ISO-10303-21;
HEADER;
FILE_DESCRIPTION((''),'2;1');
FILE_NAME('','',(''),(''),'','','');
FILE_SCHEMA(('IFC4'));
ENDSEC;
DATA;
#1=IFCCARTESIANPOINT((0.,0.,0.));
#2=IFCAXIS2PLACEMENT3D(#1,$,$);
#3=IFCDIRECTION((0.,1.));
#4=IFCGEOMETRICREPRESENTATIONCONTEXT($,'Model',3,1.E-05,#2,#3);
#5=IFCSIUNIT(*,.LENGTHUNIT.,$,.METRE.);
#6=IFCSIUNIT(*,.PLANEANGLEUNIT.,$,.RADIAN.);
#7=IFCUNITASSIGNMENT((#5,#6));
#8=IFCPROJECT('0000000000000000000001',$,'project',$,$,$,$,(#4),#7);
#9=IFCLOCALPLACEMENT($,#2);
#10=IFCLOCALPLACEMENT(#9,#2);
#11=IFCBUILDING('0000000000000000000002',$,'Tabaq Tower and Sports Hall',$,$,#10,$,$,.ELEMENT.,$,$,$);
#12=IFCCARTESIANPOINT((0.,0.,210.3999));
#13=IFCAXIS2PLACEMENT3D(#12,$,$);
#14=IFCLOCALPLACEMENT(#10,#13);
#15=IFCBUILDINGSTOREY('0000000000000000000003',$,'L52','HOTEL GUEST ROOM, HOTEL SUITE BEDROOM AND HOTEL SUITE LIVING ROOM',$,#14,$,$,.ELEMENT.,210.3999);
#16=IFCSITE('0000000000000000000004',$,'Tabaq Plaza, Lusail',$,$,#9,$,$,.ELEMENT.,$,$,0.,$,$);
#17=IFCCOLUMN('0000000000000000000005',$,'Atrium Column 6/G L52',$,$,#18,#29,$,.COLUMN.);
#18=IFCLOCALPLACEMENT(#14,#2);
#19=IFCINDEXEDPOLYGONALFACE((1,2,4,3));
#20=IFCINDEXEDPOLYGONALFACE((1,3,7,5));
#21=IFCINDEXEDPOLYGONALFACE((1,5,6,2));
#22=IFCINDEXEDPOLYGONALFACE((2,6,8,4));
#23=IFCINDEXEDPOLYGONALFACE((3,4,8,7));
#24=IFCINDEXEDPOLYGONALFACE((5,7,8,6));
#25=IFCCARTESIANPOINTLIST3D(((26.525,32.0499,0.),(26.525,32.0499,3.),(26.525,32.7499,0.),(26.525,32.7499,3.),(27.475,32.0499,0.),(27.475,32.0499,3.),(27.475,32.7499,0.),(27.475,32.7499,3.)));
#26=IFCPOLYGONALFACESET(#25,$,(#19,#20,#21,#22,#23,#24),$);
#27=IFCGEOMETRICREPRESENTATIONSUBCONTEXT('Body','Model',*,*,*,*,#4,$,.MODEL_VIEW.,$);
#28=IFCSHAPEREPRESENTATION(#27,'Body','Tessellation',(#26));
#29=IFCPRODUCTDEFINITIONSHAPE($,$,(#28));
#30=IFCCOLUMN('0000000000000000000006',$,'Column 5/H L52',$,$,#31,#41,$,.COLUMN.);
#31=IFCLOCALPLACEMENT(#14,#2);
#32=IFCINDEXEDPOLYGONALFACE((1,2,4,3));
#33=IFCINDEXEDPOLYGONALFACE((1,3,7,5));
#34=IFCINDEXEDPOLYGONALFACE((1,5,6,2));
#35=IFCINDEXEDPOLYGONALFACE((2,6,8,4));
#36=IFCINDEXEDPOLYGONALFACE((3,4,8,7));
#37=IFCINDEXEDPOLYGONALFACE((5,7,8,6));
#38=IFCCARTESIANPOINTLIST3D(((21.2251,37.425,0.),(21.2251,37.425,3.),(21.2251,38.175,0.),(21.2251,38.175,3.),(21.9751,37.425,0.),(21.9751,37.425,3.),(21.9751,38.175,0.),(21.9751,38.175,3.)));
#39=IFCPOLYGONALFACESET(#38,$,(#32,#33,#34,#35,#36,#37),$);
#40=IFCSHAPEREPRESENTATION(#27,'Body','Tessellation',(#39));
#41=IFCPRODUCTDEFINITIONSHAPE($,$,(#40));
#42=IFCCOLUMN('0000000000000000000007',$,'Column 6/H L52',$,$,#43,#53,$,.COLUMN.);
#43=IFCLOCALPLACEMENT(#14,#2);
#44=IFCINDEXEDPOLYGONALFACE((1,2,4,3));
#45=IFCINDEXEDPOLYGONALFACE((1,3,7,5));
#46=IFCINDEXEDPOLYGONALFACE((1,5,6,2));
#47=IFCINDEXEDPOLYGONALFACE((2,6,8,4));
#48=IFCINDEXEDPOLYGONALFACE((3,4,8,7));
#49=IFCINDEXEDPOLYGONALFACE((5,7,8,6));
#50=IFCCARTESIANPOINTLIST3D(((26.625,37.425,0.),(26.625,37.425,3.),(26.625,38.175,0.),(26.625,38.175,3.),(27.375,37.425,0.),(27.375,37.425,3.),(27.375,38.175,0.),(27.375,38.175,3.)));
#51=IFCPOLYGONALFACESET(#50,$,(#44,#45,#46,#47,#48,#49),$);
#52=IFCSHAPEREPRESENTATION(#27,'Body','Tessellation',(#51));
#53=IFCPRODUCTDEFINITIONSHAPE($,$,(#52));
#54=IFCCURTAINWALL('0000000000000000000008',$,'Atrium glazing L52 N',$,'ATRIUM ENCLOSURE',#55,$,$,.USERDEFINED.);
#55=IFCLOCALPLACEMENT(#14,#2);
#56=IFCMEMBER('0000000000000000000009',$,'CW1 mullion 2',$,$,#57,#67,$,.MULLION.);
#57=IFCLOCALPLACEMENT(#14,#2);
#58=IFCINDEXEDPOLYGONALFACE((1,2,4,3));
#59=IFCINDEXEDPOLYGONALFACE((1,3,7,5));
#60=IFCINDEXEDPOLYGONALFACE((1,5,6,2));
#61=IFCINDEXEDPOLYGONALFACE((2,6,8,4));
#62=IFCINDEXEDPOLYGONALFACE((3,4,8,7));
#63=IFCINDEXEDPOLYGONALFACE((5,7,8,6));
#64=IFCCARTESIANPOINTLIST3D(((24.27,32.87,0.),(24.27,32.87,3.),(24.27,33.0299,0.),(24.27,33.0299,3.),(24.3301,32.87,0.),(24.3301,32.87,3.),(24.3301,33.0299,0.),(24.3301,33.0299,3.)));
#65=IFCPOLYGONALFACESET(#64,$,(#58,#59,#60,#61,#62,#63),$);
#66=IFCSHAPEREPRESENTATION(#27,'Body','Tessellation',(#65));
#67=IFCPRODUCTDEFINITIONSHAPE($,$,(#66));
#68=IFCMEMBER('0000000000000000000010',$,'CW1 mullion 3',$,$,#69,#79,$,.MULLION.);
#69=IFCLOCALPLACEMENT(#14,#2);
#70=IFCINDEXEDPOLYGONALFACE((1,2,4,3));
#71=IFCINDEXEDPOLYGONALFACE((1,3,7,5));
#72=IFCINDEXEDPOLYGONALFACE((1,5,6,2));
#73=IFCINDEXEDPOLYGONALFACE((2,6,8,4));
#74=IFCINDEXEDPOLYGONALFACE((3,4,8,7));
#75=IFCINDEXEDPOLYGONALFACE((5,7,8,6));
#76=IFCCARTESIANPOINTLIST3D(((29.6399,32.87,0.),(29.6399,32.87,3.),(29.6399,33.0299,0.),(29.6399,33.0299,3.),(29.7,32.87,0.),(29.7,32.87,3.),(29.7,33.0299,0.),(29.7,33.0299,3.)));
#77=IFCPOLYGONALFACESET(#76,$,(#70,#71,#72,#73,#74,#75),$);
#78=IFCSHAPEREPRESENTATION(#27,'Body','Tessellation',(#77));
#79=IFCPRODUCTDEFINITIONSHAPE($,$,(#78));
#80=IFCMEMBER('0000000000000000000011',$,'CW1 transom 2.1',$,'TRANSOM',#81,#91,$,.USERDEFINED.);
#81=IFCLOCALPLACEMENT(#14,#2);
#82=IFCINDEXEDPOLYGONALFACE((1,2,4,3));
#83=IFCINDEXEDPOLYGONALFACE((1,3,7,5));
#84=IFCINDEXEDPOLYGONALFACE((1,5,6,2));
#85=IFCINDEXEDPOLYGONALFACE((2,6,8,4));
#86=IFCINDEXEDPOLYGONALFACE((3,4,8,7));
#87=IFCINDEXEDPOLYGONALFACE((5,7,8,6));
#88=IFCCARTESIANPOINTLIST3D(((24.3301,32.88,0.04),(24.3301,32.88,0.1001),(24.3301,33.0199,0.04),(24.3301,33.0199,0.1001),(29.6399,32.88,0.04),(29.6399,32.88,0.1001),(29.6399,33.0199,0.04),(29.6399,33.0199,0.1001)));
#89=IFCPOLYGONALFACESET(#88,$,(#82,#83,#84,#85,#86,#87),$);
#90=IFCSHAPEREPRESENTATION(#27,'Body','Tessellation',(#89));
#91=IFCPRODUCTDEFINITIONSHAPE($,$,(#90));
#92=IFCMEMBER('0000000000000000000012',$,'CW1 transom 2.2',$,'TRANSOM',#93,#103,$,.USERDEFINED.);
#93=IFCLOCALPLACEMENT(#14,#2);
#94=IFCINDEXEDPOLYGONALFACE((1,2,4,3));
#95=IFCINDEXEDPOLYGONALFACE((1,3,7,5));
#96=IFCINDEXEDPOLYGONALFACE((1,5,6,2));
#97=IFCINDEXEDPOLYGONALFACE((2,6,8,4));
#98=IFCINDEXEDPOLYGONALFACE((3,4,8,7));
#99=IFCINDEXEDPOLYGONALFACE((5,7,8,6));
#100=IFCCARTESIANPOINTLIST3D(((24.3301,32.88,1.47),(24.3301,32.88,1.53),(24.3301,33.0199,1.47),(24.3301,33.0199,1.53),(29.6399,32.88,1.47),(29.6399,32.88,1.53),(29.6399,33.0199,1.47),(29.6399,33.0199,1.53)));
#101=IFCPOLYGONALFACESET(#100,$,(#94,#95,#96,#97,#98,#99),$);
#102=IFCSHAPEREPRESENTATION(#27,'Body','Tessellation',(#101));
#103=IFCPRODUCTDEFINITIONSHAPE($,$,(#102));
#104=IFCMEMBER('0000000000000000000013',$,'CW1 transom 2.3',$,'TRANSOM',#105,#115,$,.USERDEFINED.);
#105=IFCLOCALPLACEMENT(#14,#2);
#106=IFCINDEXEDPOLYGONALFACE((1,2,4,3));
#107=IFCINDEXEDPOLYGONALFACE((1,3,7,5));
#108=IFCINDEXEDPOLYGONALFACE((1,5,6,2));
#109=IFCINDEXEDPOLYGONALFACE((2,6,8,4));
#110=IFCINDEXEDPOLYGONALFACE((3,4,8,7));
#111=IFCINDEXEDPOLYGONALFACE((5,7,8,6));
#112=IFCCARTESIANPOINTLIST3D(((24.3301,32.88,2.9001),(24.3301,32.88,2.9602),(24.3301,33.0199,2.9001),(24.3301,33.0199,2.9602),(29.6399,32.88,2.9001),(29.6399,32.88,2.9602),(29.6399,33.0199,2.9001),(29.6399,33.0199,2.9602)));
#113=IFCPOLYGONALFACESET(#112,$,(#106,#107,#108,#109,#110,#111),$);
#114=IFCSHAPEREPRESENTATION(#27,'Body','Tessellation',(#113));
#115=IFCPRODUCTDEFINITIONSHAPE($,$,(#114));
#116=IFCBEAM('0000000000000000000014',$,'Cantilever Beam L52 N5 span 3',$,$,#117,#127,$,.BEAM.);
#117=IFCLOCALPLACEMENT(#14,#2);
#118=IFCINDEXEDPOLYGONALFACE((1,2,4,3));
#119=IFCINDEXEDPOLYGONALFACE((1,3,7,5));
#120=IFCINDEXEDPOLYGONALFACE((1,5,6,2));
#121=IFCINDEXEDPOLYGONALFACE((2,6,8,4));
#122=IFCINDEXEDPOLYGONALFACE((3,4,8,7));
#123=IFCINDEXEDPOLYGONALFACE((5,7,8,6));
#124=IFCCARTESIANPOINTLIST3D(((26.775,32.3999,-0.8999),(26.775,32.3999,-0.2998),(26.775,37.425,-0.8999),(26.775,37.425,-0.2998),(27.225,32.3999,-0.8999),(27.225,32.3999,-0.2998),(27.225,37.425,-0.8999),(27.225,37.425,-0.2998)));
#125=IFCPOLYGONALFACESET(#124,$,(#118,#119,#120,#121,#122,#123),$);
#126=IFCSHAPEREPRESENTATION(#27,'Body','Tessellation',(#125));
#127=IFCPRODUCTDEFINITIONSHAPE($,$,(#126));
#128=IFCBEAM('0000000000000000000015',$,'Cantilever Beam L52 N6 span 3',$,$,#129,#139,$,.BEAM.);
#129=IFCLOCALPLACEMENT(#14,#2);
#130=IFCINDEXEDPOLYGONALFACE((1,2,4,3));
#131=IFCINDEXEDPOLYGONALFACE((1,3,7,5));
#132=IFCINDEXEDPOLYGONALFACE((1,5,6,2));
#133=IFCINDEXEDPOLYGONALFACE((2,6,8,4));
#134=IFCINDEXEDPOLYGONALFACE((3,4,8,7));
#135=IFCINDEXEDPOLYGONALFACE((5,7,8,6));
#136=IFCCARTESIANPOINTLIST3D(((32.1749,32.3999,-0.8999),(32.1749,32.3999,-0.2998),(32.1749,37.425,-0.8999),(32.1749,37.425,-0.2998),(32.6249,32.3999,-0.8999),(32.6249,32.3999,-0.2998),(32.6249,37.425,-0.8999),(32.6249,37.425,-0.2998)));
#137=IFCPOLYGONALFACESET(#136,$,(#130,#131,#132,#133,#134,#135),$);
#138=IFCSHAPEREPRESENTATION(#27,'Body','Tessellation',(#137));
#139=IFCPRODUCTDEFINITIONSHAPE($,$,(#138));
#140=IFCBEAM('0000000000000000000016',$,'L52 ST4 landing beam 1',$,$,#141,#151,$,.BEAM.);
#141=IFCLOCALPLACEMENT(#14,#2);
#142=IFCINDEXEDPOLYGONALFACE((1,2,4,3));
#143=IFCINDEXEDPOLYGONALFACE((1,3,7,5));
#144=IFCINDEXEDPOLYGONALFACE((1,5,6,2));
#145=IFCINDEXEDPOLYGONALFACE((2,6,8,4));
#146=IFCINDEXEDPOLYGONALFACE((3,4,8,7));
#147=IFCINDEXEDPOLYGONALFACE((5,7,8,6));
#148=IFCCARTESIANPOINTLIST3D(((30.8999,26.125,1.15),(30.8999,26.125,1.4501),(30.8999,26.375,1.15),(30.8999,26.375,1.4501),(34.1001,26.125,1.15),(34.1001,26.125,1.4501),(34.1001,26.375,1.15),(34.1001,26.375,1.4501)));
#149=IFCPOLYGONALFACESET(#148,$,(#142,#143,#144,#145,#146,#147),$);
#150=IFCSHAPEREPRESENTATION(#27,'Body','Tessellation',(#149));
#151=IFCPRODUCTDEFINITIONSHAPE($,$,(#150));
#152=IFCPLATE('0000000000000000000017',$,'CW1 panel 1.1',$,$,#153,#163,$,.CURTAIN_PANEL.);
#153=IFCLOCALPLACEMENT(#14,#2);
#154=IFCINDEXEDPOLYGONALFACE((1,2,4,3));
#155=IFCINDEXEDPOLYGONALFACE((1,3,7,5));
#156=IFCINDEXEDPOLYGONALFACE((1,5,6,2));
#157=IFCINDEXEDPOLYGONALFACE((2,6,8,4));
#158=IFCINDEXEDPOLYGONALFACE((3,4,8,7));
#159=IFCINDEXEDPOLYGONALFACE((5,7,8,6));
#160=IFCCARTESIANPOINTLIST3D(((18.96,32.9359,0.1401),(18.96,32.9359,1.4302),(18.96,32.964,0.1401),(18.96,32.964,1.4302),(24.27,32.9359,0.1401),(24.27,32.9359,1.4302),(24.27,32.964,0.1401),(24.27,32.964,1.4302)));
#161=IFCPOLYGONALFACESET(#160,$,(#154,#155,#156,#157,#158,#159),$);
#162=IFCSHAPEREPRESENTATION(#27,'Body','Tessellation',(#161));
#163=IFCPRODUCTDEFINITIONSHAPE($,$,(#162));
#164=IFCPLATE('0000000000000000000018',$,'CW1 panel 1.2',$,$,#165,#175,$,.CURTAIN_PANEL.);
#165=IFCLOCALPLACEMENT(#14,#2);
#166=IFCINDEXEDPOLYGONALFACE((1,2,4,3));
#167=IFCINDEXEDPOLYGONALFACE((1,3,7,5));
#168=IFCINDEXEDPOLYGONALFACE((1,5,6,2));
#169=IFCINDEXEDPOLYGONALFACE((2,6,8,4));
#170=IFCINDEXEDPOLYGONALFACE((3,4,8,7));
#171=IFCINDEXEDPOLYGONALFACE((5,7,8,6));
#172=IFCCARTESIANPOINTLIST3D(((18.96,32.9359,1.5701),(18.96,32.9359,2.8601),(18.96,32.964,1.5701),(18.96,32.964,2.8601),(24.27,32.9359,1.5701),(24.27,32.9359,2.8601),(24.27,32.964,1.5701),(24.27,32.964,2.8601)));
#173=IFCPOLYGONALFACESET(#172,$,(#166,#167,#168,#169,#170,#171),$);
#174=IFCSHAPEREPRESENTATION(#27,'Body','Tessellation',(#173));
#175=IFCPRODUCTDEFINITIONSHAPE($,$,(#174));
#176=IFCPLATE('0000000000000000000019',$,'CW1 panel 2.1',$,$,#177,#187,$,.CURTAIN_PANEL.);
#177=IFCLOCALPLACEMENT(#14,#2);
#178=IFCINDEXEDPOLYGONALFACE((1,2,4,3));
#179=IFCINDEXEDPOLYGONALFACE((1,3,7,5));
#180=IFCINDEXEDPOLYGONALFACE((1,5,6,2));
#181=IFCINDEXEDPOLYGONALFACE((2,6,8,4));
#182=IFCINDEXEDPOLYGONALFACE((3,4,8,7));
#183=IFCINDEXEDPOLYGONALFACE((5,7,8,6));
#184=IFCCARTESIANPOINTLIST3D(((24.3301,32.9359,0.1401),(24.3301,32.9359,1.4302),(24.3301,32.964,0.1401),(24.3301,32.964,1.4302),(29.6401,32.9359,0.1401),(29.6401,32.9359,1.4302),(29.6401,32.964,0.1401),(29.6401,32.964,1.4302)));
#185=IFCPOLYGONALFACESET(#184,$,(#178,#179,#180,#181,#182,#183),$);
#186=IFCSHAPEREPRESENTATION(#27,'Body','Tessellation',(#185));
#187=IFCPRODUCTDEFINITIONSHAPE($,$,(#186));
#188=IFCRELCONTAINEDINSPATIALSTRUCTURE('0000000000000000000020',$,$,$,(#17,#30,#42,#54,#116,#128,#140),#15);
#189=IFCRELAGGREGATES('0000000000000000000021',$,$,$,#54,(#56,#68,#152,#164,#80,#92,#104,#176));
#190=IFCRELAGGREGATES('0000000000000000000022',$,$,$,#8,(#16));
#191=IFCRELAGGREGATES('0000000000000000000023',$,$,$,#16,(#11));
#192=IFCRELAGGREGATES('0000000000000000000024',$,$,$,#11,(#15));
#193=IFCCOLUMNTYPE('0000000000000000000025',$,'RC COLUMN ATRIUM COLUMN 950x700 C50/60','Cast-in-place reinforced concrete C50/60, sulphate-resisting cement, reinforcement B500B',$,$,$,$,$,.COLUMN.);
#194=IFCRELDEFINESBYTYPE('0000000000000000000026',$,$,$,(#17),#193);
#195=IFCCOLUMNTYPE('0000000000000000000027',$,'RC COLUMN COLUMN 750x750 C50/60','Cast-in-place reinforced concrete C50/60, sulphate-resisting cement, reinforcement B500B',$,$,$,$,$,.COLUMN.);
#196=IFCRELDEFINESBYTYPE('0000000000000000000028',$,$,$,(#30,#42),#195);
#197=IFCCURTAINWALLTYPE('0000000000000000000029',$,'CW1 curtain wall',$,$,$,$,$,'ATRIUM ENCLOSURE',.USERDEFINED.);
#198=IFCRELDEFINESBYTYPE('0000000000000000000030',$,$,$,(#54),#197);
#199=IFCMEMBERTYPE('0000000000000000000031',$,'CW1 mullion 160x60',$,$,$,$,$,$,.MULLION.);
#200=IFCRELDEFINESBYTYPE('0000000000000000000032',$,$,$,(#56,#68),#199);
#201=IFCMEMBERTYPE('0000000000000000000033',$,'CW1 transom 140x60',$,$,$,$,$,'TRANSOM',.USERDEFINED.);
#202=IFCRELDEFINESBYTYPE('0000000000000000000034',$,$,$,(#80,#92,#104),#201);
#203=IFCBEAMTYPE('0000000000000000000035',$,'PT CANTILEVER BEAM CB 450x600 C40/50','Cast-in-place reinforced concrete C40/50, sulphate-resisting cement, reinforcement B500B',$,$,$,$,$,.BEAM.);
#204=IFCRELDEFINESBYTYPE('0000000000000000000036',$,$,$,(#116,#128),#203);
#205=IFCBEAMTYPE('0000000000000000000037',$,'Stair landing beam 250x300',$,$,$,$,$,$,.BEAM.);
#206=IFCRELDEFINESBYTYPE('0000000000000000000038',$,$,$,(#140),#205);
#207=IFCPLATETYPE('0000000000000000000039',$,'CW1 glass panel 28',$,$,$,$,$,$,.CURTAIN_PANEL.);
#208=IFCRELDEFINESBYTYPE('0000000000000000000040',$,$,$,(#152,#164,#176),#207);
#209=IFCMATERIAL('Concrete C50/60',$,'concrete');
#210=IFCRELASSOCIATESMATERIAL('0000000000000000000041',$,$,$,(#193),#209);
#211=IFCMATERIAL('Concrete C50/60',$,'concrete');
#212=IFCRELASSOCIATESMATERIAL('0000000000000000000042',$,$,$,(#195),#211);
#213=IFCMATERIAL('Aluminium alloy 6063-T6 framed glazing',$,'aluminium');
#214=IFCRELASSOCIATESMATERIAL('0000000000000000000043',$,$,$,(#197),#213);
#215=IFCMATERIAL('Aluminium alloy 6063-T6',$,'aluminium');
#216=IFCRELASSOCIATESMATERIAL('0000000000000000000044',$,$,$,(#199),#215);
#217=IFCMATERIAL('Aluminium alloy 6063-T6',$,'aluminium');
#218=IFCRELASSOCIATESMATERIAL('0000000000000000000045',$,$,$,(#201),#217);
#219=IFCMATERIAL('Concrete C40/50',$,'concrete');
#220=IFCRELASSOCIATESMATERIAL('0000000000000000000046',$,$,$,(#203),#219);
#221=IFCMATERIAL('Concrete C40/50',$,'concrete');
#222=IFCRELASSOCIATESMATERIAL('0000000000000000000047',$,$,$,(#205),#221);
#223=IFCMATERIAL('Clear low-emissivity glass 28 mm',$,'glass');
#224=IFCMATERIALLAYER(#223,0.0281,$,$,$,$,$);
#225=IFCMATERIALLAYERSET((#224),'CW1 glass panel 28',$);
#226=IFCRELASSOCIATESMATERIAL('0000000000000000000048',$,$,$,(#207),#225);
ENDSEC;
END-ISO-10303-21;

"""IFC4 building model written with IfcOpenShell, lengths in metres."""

from ifc_helpers import new_model, si_unit, direction, frame, origin, origin_2d, place, context, subcontext, project, spatial, rectangle, extrude, material, layer, layer_set, material_profile, profile_set, type_object, element, aggregate, save


model = new_model("IFC4")

# Units and contexts
model_context = context("Model", 3, precision=1e-05, world=origin(), true_north=direction((0.0, 1.0)))
body_context = subcontext(model_context, "Body", "Model", "MODEL_VIEW")
ifc_project = project(units=[si_unit("LENGTHUNIT", "METRE"), si_unit("PLANEANGLEUNIT", "RADIAN")], contexts=[model_context])

# Site, building, storey
site_placement = place(None, origin())
site = spatial("IfcSite", under=ifc_project, at=site_placement, Name="Tabaq Plaza, Lusail", CompositionType="ELEMENT", RefElevation=0.0)
building_placement = place(site_placement, origin())
building = spatial("IfcBuilding", under=site, at=building_placement, Name="Tabaq Tower and Sports Hall", CompositionType="ELEMENT")
storey_placement = place(building_placement, frame((0.0, 0.0, 210.3999)))
storey = spatial("IfcBuildingStorey", under=building, at=storey_placement, Name="L52", Description="HOTEL GUEST ROOM, HOTEL SUITE BEDROOM AND HOTEL SUITE LIVING ROOM", CompositionType="ELEMENT", Elevation=210.3999)

# Columns
ifc_material_1 = material(Name="Concrete C50/60", Category="concrete")
ifc_material_profile_1 = material_profile(ifc_material_1, rectangle(XDim=0.95, YDim=0.7, at=origin_2d()), Name="ATRIUM COLUMN 950x700")
ifc_profile_set_1 = profile_set([ifc_material_profile_1], Name="Concrete C50/60")
column_type_1 = type_object("IfcColumnType", Name="RC COLUMN ATRIUM COLUMN 950x700 C50/60", Description="Cast-in-place reinforced concrete C50/60, sulphate-resisting cement, reinforcement B500B", PredefinedType="COLUMN", material=ifc_profile_set_1)
column_placement = place(storey_placement, frame((27.0, 32.3999, 0.0), z_axis=(0.0, 0.0, 1.0), x_axis=(1.0, 0.0, 0.0)))
element("IfcColumn", 1, at=column_placement, inside=storey, type_object=column_type_1, Name="Atrium Column 6/G L52", PredefinedType="COLUMN", context=body_context, shape_type="SweptSolid", body=[
    extrude(rectangle(XDim=0.95, YDim=0.7, at=origin_2d()), origin(), (0.0, 0.0, 1.0), 3.0),
])
ifc_material_2 = material(Name="Concrete C50/60", Category="concrete")
ifc_material_profile_2 = material_profile(ifc_material_2, rectangle(XDim=0.75, YDim=0.75, at=origin_2d()), Name="COLUMN 750x750")
ifc_profile_set_2 = profile_set([ifc_material_profile_2], Name="Concrete C50/60")
column_type_2 = type_object("IfcColumnType", Name="RC COLUMN COLUMN 750x750 C50/60", Description="Cast-in-place reinforced concrete C50/60, sulphate-resisting cement, reinforcement B500B", PredefinedType="COLUMN", material=ifc_profile_set_2)
for number, where, z_axis, x_axis, name in (
    (2, (21.6001, 37.8, 0.0), (0.0, 0.0, 1.0), (1.0, 0.0, 0.0), "Column 5/H L52"),
    (3, (27.0, 37.8, 0.0), (0.0, 0.0, 1.0), (1.0, 0.0, 0.0), "Column 6/H L52"),
):
    element("IfcColumn", number, at=place(storey_placement, frame(where, z_axis=z_axis, x_axis=x_axis)), inside=storey, type_object=column_type_2, Name=name, PredefinedType="COLUMN", context=body_context, shape_type="SweptSolid", body=[
        extrude(rectangle(XDim=0.75, YDim=0.75, at=origin_2d()), origin(), (0.0, 0.0, 1.0), 3.0),
    ])

# Curtain wall, members
ifc_material_3 = material(Name="Aluminium alloy 6063-T6 framed glazing", Category="aluminium")
curtain_wall_type = type_object("IfcCurtainWallType", Name="CW1 curtain wall", ElementType="ATRIUM ENCLOSURE", PredefinedType="USERDEFINED", material=ifc_material_3)
curtain_wall_placement = place(storey_placement, origin())
curtain_wall = element("IfcCurtainWall", 4, at=curtain_wall_placement, inside=storey, type_object=curtain_wall_type, Name="Atrium glazing L52 N", ObjectType="ATRIUM ENCLOSURE", PredefinedType="USERDEFINED")
ifc_material_4 = material(Name="Aluminium alloy 6063-T6", Category="aluminium")
ifc_material_profile_3 = material_profile(ifc_material_4, rectangle(XDim=0.1599, YDim=0.0601, at=origin_2d()), Name="MULLION 160x60")
ifc_profile_set_3 = profile_set([ifc_material_profile_3], Name="Aluminium alloy 6063-T6")
member_type_1 = type_object("IfcMemberType", Name="CW1 mullion 160x60", PredefinedType="MULLION", material=ifc_profile_set_3)
member_1_placement = place(storey_placement, frame((24.3, 32.95, 0.0), z_axis=(0.0, 0.0, 1.0), x_axis=(0.0, 1.0, 0.0)))
member_1 = element("IfcMember", 5, at=member_1_placement, type_object=member_type_1, Name="CW1 mullion 2", PredefinedType="MULLION", context=body_context, shape_type="SweptSolid", body=[
    extrude(rectangle(XDim=0.1599, YDim=0.0601, at=origin_2d()), origin(), (0.0, 0.0, 1.0), 3.0),
])
member_2_placement = place(storey_placement, frame((29.6699, 32.95, 0.0), z_axis=(0.0, 0.0, 1.0), x_axis=(0.0, 1.0, 0.0)))
member_2 = element("IfcMember", 6, at=member_2_placement, type_object=member_type_1, Name="CW1 mullion 3", PredefinedType="MULLION", context=body_context, shape_type="SweptSolid", body=[
    extrude(rectangle(XDim=0.1599, YDim=0.0601, at=origin_2d()), origin(), (0.0, 0.0, 1.0), 3.0),
])
ifc_material_5 = material(Name="Aluminium alloy 6063-T6", Category="aluminium")
ifc_material_profile_4 = material_profile(ifc_material_5, rectangle(XDim=0.1399, YDim=0.0601, at=origin_2d()), Name="TRANSOM 140x60")
ifc_profile_set_4 = profile_set([ifc_material_profile_4], Name="Aluminium alloy 6063-T6")
member_type_2 = type_object("IfcMemberType", Name="CW1 transom 140x60", ElementType="TRANSOM", PredefinedType="USERDEFINED", material=ifc_profile_set_4)
member_3_placement = place(storey_placement, frame((24.3301, 32.95, 0.0701), z_axis=(1.0, 0.0, 0.0), x_axis=(0.0, 1.0, 0.0)))
member_3 = element("IfcMember", 7, at=member_3_placement, type_object=member_type_2, Name="CW1 transom 2.1", ObjectType="TRANSOM", PredefinedType="USERDEFINED", context=body_context, shape_type="SweptSolid", body=[
    extrude(rectangle(XDim=0.1399, YDim=0.0601, at=origin_2d()), origin(), (0.0, 0.0, 1.0), 5.3098),
])
member_4_placement = place(storey_placement, frame((24.3301, 32.95, 1.5), z_axis=(1.0, 0.0, 0.0), x_axis=(0.0, 1.0, 0.0)))
member_4 = element("IfcMember", 8, at=member_4_placement, type_object=member_type_2, Name="CW1 transom 2.2", ObjectType="TRANSOM", PredefinedType="USERDEFINED", context=body_context, shape_type="SweptSolid", body=[
    extrude(rectangle(XDim=0.1399, YDim=0.0601, at=origin_2d()), origin(), (0.0, 0.0, 1.0), 5.3098),
])
member_5_placement = place(storey_placement, frame((24.3301, 32.95, 2.9302), z_axis=(1.0, 0.0, 0.0), x_axis=(0.0, 1.0, 0.0)))
member_5 = element("IfcMember", 9, at=member_5_placement, type_object=member_type_2, Name="CW1 transom 2.3", ObjectType="TRANSOM", PredefinedType="USERDEFINED", context=body_context, shape_type="SweptSolid", body=[
    extrude(rectangle(XDim=0.1399, YDim=0.0601, at=origin_2d()), origin(), (0.0, 0.0, 1.0), 5.3098),
])

# Beams
ifc_material_6 = material(Name="Concrete C40/50", Category="concrete")
ifc_material_profile_5 = material_profile(ifc_material_6, rectangle(XDim=0.45, YDim=0.6001, at=origin_2d()), Name="CB 450x600")
ifc_profile_set_5 = profile_set([ifc_material_profile_5], Name="Concrete C40/50")
beam_type_1 = type_object("IfcBeamType", Name="PT CANTILEVER BEAM CB 450x600 C40/50", Description="Cast-in-place reinforced concrete C40/50, sulphate-resisting cement, reinforcement B500B", PredefinedType="BEAM", material=ifc_profile_set_5)
for number, where, z_axis, x_axis, name in (
    (10, (27.0, 37.425, -0.5999), (0.0, -1.0, 0.0), (1.0, 0.0, 0.0), "Cantilever Beam L52 N5 span 3"),
    (11, (32.3999, 37.425, -0.5999), (0.0, -1.0, 0.0), (1.0, 0.0, 0.0), "Cantilever Beam L52 N6 span 3"),
):
    element("IfcBeam", number, at=place(storey_placement, frame(where, z_axis=z_axis, x_axis=x_axis)), inside=storey, type_object=beam_type_1, Name=name, PredefinedType="BEAM", context=body_context, shape_type="SweptSolid", body=[
        extrude(rectangle(XDim=0.45, YDim=0.6001, at=origin_2d()), origin(), (0.0, 0.0, 1.0), 5.0251),
    ])
ifc_material_7 = material(Name="Concrete C40/50", Category="concrete")
ifc_material_profile_6 = material_profile(ifc_material_7, rectangle(XDim=0.25, YDim=0.3, at=origin_2d()), Name="RC 250x300")
ifc_profile_set_6 = profile_set([ifc_material_profile_6], Name="Concrete C40/50")
beam_type_2 = type_object("IfcBeamType", Name="Stair landing beam 250x300", PredefinedType="BEAM", material=ifc_profile_set_6)
beam_placement = place(storey_placement, frame((30.8999, 26.25, 1.3), z_axis=(1.0, 0.0, 0.0), x_axis=(0.0, 1.0, 0.0)))
element("IfcBeam", 12, at=beam_placement, inside=storey, type_object=beam_type_2, Name="L52 ST4 landing beam 1", PredefinedType="BEAM", context=body_context, shape_type="SweptSolid", body=[
    extrude(rectangle(XDim=0.25, YDim=0.3, at=origin_2d()), origin(), (0.0, 0.0, 1.0), 3.2002),
])

# Plates
ifc_material_8 = material(Name="Clear low-emissivity glass 28 mm", Category="glass")
ifc_layer_1 = layer(ifc_material_8, 0.0281)
ifc_layer_set_1 = layer_set([ifc_layer_1], Name="CW1 glass panel 28")
plate_type = type_object("IfcPlateType", Name="CW1 glass panel 28", PredefinedType="CURTAIN_PANEL", material=ifc_layer_set_1)
plate_1_placement = place(storey_placement, frame((21.615, 32.95, 0.1401), z_axis=(0.0, 0.0, 1.0), x_axis=(1.0, 0.0, 0.0)))
plate_1 = element("IfcPlate", 13, at=plate_1_placement, type_object=plate_type, Name="CW1 panel 1.1", PredefinedType="CURTAIN_PANEL", context=body_context, shape_type="SweptSolid", body=[
    extrude(rectangle(XDim=5.3101, YDim=0.0281, at=origin_2d()), origin(), (0.0, 0.0, 1.0), 1.29),
])
plate_2_placement = place(storey_placement, frame((21.615, 32.95, 1.5701), z_axis=(0.0, 0.0, 1.0), x_axis=(1.0, 0.0, 0.0)))
plate_2 = element("IfcPlate", 14, at=plate_2_placement, type_object=plate_type, Name="CW1 panel 1.2", PredefinedType="CURTAIN_PANEL", context=body_context, shape_type="SweptSolid", body=[
    extrude(rectangle(XDim=5.3101, YDim=0.0281, at=origin_2d()), origin(), (0.0, 0.0, 1.0), 1.29),
])
plate_3_placement = place(storey_placement, frame((26.9851, 32.95, 0.1401), z_axis=(0.0, 0.0, 1.0), x_axis=(1.0, 0.0, 0.0)))
plate_3 = element("IfcPlate", 15, at=plate_3_placement, type_object=plate_type, Name="CW1 panel 2.1", PredefinedType="CURTAIN_PANEL", context=body_context, shape_type="SweptSolid", body=[
    extrude(rectangle(XDim=5.3101, YDim=0.0281, at=origin_2d()), origin(), (0.0, 0.0, 1.0), 1.29),
])
aggregate(curtain_wall, [member_1, member_2, plate_1, plate_2, member_3, member_4, member_5, plate_3])

save(model, "model.ifc")
